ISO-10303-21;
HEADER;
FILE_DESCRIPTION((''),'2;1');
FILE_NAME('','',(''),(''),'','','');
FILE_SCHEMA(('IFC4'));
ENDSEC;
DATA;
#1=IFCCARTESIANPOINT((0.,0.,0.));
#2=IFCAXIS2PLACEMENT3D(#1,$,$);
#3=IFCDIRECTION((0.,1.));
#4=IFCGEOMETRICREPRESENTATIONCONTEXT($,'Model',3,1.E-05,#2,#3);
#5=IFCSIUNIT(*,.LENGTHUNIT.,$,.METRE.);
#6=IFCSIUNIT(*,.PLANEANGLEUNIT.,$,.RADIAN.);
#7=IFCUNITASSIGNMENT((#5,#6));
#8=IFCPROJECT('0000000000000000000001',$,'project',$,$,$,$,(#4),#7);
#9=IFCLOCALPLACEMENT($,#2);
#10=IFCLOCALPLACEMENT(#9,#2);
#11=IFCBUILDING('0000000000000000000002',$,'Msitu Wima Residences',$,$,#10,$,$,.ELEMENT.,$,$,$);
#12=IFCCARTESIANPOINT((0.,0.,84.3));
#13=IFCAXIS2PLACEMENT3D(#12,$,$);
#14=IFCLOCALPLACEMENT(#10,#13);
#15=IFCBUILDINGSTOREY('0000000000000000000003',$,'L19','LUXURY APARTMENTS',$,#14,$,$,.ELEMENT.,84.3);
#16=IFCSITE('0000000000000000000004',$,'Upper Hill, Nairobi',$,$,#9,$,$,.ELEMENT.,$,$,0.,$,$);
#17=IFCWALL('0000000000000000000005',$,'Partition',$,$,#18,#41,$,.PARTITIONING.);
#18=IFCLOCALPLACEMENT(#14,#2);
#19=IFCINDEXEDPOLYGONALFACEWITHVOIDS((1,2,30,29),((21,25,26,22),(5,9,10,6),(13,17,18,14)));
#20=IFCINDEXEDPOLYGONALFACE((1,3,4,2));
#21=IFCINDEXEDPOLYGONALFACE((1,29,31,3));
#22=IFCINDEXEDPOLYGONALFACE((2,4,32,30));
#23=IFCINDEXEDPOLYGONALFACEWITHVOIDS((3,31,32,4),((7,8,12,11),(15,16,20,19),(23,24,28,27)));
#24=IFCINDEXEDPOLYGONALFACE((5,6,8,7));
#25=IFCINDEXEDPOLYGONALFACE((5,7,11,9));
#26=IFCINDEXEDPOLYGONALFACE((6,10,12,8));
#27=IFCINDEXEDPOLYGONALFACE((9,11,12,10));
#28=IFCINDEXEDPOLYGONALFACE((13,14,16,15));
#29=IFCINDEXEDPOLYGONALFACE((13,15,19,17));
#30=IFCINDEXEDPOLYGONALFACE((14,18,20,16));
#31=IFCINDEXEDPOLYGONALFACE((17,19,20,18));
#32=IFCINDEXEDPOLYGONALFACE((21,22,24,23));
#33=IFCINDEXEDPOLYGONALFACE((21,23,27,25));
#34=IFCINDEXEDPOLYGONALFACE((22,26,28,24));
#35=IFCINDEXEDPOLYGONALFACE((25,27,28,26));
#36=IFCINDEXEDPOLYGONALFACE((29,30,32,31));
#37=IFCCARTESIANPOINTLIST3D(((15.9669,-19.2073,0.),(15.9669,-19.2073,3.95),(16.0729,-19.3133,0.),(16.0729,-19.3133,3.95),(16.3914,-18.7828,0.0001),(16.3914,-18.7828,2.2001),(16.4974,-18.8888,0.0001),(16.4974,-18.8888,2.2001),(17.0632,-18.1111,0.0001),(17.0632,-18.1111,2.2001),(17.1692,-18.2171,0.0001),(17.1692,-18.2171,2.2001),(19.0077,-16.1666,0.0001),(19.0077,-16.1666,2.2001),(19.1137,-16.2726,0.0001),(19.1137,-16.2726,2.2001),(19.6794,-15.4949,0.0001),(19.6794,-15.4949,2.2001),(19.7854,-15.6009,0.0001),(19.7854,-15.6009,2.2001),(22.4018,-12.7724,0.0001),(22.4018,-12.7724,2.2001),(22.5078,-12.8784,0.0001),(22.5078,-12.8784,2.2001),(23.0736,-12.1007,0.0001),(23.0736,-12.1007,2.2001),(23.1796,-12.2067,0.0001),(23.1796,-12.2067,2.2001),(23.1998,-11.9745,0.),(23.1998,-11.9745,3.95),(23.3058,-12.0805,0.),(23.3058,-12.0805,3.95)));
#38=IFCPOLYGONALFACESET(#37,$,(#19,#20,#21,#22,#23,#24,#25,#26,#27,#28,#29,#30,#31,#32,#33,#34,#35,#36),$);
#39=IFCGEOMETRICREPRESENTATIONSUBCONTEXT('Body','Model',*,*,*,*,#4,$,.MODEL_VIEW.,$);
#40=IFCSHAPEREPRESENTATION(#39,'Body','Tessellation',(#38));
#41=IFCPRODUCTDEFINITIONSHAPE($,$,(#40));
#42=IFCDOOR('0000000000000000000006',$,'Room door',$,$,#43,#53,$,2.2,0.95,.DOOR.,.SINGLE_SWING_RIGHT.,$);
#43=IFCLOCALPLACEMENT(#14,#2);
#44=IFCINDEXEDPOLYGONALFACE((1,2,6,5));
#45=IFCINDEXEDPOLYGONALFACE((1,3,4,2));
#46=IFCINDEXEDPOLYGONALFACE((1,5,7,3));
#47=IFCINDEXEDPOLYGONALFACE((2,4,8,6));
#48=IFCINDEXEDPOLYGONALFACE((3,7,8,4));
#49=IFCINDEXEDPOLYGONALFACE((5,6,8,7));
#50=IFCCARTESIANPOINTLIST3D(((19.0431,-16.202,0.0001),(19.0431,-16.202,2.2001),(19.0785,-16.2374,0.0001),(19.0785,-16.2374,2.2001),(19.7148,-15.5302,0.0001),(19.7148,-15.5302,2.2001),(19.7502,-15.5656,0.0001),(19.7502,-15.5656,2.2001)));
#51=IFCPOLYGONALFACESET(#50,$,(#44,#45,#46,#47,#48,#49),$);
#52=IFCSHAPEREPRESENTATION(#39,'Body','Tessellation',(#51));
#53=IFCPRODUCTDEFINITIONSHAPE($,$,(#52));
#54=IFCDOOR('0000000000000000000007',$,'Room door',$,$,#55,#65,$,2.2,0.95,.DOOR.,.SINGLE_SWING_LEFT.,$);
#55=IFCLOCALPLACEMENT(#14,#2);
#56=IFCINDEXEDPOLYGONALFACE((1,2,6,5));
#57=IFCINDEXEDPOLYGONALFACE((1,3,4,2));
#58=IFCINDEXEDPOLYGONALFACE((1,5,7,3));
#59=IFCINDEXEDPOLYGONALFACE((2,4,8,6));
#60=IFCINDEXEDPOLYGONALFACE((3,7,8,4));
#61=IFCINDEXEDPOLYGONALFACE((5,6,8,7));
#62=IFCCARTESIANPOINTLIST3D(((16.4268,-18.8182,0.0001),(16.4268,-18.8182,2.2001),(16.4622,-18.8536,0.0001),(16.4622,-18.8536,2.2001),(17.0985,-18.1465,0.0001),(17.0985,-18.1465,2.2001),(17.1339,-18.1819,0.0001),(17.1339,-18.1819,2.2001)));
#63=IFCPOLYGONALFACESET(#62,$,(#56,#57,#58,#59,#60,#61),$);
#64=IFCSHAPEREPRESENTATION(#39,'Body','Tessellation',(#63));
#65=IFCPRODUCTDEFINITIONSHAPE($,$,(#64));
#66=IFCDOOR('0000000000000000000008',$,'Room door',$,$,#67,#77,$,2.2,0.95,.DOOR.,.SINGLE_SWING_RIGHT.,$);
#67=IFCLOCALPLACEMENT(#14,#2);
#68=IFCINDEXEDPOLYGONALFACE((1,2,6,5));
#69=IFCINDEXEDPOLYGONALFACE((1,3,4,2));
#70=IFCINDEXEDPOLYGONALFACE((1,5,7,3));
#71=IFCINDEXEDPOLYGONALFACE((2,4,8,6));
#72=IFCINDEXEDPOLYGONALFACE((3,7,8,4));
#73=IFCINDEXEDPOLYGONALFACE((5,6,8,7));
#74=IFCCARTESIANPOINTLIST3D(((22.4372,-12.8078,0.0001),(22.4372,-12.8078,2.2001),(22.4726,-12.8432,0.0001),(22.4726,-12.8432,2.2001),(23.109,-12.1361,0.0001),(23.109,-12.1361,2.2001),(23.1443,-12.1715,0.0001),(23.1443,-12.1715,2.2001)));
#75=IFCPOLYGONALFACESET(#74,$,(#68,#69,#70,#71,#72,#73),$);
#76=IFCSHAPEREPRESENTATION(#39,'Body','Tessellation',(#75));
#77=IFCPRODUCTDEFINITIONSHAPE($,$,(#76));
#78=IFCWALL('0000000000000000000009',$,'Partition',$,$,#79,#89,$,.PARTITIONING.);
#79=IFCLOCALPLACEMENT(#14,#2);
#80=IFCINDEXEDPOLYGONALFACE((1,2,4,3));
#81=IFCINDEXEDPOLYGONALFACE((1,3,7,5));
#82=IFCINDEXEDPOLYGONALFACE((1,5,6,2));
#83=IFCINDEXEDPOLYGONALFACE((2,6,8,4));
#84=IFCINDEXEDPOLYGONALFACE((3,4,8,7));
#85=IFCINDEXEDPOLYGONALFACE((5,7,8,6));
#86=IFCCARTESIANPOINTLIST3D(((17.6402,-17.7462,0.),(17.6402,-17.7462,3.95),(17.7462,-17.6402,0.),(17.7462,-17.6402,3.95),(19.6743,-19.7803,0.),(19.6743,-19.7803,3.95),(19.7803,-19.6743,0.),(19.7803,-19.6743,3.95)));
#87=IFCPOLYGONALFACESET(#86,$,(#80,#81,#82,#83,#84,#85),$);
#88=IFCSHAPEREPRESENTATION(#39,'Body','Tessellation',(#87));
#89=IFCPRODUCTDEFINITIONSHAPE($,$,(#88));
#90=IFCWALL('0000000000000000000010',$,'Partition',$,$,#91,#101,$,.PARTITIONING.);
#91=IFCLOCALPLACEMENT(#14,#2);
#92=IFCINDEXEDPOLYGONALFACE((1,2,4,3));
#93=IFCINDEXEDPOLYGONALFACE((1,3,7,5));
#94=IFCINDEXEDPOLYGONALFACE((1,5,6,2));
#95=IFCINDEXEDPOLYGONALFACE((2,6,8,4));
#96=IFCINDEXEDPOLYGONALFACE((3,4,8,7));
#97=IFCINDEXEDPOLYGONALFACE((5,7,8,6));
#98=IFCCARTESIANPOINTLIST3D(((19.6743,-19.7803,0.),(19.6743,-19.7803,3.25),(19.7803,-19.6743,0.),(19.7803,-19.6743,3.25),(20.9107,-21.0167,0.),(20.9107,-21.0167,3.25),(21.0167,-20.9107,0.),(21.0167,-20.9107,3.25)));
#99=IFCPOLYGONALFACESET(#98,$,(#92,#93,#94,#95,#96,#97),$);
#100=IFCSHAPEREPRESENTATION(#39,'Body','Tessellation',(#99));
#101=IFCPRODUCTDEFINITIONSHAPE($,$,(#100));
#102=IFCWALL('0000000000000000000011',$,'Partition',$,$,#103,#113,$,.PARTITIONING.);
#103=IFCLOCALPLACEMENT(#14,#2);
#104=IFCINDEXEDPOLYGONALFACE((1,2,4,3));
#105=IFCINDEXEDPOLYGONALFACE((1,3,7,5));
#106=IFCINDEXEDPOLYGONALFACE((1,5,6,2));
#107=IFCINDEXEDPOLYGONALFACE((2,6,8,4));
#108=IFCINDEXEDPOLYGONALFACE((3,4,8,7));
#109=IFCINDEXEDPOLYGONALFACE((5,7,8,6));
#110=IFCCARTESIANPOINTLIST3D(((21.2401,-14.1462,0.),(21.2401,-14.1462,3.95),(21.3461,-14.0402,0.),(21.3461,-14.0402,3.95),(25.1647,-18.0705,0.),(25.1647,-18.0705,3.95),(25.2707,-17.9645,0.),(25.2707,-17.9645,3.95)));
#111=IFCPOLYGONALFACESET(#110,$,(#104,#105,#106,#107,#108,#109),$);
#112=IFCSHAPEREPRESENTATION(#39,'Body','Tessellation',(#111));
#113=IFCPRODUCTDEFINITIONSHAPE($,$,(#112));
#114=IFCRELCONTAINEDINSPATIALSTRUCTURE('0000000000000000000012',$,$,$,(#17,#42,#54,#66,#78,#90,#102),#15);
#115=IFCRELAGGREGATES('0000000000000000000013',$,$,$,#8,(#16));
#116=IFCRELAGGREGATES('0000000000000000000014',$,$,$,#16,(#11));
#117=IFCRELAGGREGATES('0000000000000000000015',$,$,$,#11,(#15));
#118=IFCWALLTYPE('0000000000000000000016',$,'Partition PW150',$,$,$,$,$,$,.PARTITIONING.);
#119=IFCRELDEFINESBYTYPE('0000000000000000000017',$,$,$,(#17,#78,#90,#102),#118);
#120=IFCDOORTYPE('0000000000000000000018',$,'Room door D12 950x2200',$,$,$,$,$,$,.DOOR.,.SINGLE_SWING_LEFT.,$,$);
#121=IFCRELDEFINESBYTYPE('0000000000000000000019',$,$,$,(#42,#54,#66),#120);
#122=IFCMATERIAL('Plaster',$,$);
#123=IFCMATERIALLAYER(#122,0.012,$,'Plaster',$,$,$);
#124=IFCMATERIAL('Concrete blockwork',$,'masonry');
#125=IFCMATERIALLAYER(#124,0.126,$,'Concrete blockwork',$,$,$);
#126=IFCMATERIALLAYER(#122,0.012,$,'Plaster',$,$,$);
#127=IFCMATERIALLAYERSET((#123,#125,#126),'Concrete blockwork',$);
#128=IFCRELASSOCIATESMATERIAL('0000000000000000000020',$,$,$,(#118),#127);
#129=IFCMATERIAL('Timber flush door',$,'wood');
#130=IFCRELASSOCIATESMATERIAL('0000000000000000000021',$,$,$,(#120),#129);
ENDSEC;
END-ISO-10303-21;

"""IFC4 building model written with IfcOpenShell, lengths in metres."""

from ifc_helpers import new_model, si_unit, direction, frame, frame_2d, origin, place, context, subcontext, project, spatial, rectangle, extrude, material, layer, layer_set, type_object, element, fill, save


model = new_model("IFC4")

# Units and contexts
model_context = context("Model", 3, precision=1e-05, world=origin(), true_north=direction((0.0, 1.0)))
body_context = subcontext(model_context, "Body", "Model", "MODEL_VIEW")
ifc_project = project(units=[si_unit("LENGTHUNIT", "METRE"), si_unit("PLANEANGLEUNIT", "RADIAN")], contexts=[model_context])

# Site, building, storey
site_placement = place(None, origin())
site = spatial("IfcSite", under=ifc_project, at=site_placement, Name="Upper Hill, Nairobi", CompositionType="ELEMENT", RefElevation=0.0)
building_placement = place(site_placement, origin())
building = spatial("IfcBuilding", under=site, at=building_placement, Name="Msitu Wima Residences", CompositionType="ELEMENT")
storey_placement = place(building_placement, frame((0.0, 0.0, 84.3)))
storey = spatial("IfcBuildingStorey", under=building, at=storey_placement, Name="L19", Description="LUXURY APARTMENTS", CompositionType="ELEMENT", Elevation=84.3)

# Shared definitions
ifc_material_1 = material(Name="Plaster")
ifc_material_2 = material(Name="Concrete blockwork", Category="masonry")

# Wall, openings, doors
ifc_layer_1 = layer(ifc_material_1, 0.012, Name="Plaster")
ifc_layer_2 = layer(ifc_material_2, 0.126, Name="Concrete blockwork")
ifc_layer_3 = layer(ifc_material_1, 0.012, Name="Plaster")
ifc_layer_set_1 = layer_set([ifc_layer_1, ifc_layer_2, ifc_layer_3], Name="Concrete blockwork")
wall_type_1 = type_object("IfcWallType", Name="Partition PW150", PredefinedType="PARTITIONING", material=ifc_layer_set_1)
wall_1_placement = place(storey_placement, frame((16.02, -19.2603, 0.0), z_axis=(0.0, 0.0, 1.0), x_axis=(0.707107, 0.707107, 0.0)))
wall_1 = element("IfcWall", 1, at=wall_1_placement, inside=storey, type_object=wall_type_1, Name="Partition", PredefinedType="PARTITIONING", context=body_context, shape_type="SweptSolid", body=[
    extrude(rectangle(XDim=10.2288, YDim=0.1499, at=frame_2d((5.1143, 0.0))), origin(), (0.0, 0.0, 1.0), 3.95),
])
opening_1_placement = place(wall_1_placement, frame((4.3, 0.0, 0.0)))
opening_1 = element("IfcOpeningElement", 2, at=opening_1_placement, cuts=wall_1, PredefinedType="OPENING", context=body_context, shape_type="SweptSolid", body=[
    extrude(rectangle(XDim=0.95, YDim=2.2, at=frame_2d((0.4751, 1.1001))), frame((0.0, 0.085, 0.0), z_axis=(0.0, -1.0, 0.0), x_axis=(1.0, 0.0, 0.0)), (0.0, 0.0, 1.0), 0.1699),
])
opening_2_placement = place(wall_1_placement, frame((0.6001, 0.0, 0.0)))
opening_2 = element("IfcOpeningElement", 3, at=opening_2_placement, cuts=wall_1, PredefinedType="OPENING", context=body_context, shape_type="SweptSolid", body=[
    extrude(rectangle(XDim=0.95, YDim=2.2, at=frame_2d((0.4751, 1.1001))), frame((0.0, 0.085, 0.0), z_axis=(0.0, -1.0, 0.0), x_axis=(1.0, 0.0, 0.0)), (0.0, 0.0, 1.0), 0.1699),
])
opening_3_placement = place(wall_1_placement, frame((9.1001, 0.0, 0.0)))
opening_3 = element("IfcOpeningElement", 4, at=opening_3_placement, cuts=wall_1, PredefinedType="OPENING", context=body_context, shape_type="SweptSolid", body=[
    extrude(rectangle(XDim=0.95, YDim=2.2, at=frame_2d((0.4751, 1.1001))), frame((0.0, 0.085, 0.0), z_axis=(0.0, -1.0, 0.0), x_axis=(1.0, 0.0, 0.0)), (0.0, 0.0, 1.0), 0.1699),
])
ifc_material_3 = material(Name="Timber flush door", Category="wood")
door_type_1 = type_object("IfcDoorType", Name="Room door D12 950x2200", OperationType="SINGLE_SWING_LEFT", PredefinedType="DOOR", material=ifc_material_3)
door_1_placement = place(opening_1_placement, origin())
door_1 = element("IfcDoor", 5, at=door_1_placement, inside=storey, type_object=door_type_1, Name="Room door", OperationType="SINGLE_SWING_RIGHT", OverallHeight=2.2, OverallWidth=0.95, PredefinedType="DOOR", context=body_context, shape_type="SweptSolid", body=[
    extrude(rectangle(XDim=0.95, YDim=2.2, at=frame_2d((0.4751, 1.1001))), frame((0.0, 0.0249, 0.0), z_axis=(0.0, -1.0, 0.0), x_axis=(1.0, 0.0, 0.0)), (0.0, 0.0, 1.0), 0.05),
])
fill(opening_1, door_1)
door_2_placement = place(opening_2_placement, origin())
door_2 = element("IfcDoor", 6, at=door_2_placement, inside=storey, type_object=door_type_1, Name="Room door", OperationType="SINGLE_SWING_LEFT", OverallHeight=2.2, OverallWidth=0.95, PredefinedType="DOOR", context=body_context, shape_type="SweptSolid", body=[
    extrude(rectangle(XDim=0.95, YDim=2.2, at=frame_2d((0.4751, 1.1001))), frame((0.0, 0.0249, 0.0), z_axis=(0.0, -1.0, 0.0), x_axis=(1.0, 0.0, 0.0)), (0.0, 0.0, 1.0), 0.05),
])
fill(opening_2, door_2)
door_3_placement = place(opening_3_placement, origin())
door_3 = element("IfcDoor", 7, at=door_3_placement, inside=storey, type_object=door_type_1, Name="Room door", OperationType="SINGLE_SWING_RIGHT", OverallHeight=2.2, OverallWidth=0.95, PredefinedType="DOOR", context=body_context, shape_type="SweptSolid", body=[
    extrude(rectangle(XDim=0.95, YDim=2.2, at=frame_2d((0.4751, 1.1001))), frame((0.0, 0.0249, 0.0), z_axis=(0.0, -1.0, 0.0), x_axis=(1.0, 0.0, 0.0)), (0.0, 0.0, 1.0), 0.05),
])
fill(opening_3, door_3)

# Walls
wall_2_placement = place(storey_placement, frame((17.6931, -17.6931, 0.0), z_axis=(0.0, 0.0, 1.0), x_axis=(0.707107, -0.707107, 0.0)))
element("IfcWall", 8, at=wall_2_placement, inside=storey, type_object=wall_type_1, Name="Partition", PredefinedType="PARTITIONING", context=body_context, shape_type="SweptSolid", body=[
    extrude(rectangle(XDim=2.8767, YDim=0.1499, at=frame_2d((1.4385, 0.0))), origin(), (0.0, 0.0, 1.0), 3.95),
])
wall_3_placement = place(storey_placement, frame((19.7273, -19.7273, 0.0), z_axis=(0.0, 0.0, 1.0), x_axis=(0.707107, -0.707107, 0.0)))
element("IfcWall", 9, at=wall_3_placement, inside=storey, type_object=wall_type_1, Name="Partition", PredefinedType="PARTITIONING", context=body_context, shape_type="SweptSolid", body=[
    extrude(rectangle(XDim=1.7485, YDim=0.1499, at=frame_2d((0.8743, 0.0))), origin(), (0.0, 0.0, 1.0), 3.25),
])
wall_4_placement = place(storey_placement, frame((21.2932, -14.0933, 0.0), z_axis=(0.0, 0.0, 1.0), x_axis=(0.707129, -0.707085, 0.0)))
element("IfcWall", 10, at=wall_4_placement, inside=storey, type_object=wall_type_1, Name="Partition", PredefinedType="PARTITIONING", context=body_context, shape_type="SweptSolid", body=[
    extrude(rectangle(XDim=5.55, YDim=0.1499, at=frame_2d((2.7749, 0.0))), origin(), (0.0, 0.0, 1.0), 3.95),
])

save(model, "model.ifc")
